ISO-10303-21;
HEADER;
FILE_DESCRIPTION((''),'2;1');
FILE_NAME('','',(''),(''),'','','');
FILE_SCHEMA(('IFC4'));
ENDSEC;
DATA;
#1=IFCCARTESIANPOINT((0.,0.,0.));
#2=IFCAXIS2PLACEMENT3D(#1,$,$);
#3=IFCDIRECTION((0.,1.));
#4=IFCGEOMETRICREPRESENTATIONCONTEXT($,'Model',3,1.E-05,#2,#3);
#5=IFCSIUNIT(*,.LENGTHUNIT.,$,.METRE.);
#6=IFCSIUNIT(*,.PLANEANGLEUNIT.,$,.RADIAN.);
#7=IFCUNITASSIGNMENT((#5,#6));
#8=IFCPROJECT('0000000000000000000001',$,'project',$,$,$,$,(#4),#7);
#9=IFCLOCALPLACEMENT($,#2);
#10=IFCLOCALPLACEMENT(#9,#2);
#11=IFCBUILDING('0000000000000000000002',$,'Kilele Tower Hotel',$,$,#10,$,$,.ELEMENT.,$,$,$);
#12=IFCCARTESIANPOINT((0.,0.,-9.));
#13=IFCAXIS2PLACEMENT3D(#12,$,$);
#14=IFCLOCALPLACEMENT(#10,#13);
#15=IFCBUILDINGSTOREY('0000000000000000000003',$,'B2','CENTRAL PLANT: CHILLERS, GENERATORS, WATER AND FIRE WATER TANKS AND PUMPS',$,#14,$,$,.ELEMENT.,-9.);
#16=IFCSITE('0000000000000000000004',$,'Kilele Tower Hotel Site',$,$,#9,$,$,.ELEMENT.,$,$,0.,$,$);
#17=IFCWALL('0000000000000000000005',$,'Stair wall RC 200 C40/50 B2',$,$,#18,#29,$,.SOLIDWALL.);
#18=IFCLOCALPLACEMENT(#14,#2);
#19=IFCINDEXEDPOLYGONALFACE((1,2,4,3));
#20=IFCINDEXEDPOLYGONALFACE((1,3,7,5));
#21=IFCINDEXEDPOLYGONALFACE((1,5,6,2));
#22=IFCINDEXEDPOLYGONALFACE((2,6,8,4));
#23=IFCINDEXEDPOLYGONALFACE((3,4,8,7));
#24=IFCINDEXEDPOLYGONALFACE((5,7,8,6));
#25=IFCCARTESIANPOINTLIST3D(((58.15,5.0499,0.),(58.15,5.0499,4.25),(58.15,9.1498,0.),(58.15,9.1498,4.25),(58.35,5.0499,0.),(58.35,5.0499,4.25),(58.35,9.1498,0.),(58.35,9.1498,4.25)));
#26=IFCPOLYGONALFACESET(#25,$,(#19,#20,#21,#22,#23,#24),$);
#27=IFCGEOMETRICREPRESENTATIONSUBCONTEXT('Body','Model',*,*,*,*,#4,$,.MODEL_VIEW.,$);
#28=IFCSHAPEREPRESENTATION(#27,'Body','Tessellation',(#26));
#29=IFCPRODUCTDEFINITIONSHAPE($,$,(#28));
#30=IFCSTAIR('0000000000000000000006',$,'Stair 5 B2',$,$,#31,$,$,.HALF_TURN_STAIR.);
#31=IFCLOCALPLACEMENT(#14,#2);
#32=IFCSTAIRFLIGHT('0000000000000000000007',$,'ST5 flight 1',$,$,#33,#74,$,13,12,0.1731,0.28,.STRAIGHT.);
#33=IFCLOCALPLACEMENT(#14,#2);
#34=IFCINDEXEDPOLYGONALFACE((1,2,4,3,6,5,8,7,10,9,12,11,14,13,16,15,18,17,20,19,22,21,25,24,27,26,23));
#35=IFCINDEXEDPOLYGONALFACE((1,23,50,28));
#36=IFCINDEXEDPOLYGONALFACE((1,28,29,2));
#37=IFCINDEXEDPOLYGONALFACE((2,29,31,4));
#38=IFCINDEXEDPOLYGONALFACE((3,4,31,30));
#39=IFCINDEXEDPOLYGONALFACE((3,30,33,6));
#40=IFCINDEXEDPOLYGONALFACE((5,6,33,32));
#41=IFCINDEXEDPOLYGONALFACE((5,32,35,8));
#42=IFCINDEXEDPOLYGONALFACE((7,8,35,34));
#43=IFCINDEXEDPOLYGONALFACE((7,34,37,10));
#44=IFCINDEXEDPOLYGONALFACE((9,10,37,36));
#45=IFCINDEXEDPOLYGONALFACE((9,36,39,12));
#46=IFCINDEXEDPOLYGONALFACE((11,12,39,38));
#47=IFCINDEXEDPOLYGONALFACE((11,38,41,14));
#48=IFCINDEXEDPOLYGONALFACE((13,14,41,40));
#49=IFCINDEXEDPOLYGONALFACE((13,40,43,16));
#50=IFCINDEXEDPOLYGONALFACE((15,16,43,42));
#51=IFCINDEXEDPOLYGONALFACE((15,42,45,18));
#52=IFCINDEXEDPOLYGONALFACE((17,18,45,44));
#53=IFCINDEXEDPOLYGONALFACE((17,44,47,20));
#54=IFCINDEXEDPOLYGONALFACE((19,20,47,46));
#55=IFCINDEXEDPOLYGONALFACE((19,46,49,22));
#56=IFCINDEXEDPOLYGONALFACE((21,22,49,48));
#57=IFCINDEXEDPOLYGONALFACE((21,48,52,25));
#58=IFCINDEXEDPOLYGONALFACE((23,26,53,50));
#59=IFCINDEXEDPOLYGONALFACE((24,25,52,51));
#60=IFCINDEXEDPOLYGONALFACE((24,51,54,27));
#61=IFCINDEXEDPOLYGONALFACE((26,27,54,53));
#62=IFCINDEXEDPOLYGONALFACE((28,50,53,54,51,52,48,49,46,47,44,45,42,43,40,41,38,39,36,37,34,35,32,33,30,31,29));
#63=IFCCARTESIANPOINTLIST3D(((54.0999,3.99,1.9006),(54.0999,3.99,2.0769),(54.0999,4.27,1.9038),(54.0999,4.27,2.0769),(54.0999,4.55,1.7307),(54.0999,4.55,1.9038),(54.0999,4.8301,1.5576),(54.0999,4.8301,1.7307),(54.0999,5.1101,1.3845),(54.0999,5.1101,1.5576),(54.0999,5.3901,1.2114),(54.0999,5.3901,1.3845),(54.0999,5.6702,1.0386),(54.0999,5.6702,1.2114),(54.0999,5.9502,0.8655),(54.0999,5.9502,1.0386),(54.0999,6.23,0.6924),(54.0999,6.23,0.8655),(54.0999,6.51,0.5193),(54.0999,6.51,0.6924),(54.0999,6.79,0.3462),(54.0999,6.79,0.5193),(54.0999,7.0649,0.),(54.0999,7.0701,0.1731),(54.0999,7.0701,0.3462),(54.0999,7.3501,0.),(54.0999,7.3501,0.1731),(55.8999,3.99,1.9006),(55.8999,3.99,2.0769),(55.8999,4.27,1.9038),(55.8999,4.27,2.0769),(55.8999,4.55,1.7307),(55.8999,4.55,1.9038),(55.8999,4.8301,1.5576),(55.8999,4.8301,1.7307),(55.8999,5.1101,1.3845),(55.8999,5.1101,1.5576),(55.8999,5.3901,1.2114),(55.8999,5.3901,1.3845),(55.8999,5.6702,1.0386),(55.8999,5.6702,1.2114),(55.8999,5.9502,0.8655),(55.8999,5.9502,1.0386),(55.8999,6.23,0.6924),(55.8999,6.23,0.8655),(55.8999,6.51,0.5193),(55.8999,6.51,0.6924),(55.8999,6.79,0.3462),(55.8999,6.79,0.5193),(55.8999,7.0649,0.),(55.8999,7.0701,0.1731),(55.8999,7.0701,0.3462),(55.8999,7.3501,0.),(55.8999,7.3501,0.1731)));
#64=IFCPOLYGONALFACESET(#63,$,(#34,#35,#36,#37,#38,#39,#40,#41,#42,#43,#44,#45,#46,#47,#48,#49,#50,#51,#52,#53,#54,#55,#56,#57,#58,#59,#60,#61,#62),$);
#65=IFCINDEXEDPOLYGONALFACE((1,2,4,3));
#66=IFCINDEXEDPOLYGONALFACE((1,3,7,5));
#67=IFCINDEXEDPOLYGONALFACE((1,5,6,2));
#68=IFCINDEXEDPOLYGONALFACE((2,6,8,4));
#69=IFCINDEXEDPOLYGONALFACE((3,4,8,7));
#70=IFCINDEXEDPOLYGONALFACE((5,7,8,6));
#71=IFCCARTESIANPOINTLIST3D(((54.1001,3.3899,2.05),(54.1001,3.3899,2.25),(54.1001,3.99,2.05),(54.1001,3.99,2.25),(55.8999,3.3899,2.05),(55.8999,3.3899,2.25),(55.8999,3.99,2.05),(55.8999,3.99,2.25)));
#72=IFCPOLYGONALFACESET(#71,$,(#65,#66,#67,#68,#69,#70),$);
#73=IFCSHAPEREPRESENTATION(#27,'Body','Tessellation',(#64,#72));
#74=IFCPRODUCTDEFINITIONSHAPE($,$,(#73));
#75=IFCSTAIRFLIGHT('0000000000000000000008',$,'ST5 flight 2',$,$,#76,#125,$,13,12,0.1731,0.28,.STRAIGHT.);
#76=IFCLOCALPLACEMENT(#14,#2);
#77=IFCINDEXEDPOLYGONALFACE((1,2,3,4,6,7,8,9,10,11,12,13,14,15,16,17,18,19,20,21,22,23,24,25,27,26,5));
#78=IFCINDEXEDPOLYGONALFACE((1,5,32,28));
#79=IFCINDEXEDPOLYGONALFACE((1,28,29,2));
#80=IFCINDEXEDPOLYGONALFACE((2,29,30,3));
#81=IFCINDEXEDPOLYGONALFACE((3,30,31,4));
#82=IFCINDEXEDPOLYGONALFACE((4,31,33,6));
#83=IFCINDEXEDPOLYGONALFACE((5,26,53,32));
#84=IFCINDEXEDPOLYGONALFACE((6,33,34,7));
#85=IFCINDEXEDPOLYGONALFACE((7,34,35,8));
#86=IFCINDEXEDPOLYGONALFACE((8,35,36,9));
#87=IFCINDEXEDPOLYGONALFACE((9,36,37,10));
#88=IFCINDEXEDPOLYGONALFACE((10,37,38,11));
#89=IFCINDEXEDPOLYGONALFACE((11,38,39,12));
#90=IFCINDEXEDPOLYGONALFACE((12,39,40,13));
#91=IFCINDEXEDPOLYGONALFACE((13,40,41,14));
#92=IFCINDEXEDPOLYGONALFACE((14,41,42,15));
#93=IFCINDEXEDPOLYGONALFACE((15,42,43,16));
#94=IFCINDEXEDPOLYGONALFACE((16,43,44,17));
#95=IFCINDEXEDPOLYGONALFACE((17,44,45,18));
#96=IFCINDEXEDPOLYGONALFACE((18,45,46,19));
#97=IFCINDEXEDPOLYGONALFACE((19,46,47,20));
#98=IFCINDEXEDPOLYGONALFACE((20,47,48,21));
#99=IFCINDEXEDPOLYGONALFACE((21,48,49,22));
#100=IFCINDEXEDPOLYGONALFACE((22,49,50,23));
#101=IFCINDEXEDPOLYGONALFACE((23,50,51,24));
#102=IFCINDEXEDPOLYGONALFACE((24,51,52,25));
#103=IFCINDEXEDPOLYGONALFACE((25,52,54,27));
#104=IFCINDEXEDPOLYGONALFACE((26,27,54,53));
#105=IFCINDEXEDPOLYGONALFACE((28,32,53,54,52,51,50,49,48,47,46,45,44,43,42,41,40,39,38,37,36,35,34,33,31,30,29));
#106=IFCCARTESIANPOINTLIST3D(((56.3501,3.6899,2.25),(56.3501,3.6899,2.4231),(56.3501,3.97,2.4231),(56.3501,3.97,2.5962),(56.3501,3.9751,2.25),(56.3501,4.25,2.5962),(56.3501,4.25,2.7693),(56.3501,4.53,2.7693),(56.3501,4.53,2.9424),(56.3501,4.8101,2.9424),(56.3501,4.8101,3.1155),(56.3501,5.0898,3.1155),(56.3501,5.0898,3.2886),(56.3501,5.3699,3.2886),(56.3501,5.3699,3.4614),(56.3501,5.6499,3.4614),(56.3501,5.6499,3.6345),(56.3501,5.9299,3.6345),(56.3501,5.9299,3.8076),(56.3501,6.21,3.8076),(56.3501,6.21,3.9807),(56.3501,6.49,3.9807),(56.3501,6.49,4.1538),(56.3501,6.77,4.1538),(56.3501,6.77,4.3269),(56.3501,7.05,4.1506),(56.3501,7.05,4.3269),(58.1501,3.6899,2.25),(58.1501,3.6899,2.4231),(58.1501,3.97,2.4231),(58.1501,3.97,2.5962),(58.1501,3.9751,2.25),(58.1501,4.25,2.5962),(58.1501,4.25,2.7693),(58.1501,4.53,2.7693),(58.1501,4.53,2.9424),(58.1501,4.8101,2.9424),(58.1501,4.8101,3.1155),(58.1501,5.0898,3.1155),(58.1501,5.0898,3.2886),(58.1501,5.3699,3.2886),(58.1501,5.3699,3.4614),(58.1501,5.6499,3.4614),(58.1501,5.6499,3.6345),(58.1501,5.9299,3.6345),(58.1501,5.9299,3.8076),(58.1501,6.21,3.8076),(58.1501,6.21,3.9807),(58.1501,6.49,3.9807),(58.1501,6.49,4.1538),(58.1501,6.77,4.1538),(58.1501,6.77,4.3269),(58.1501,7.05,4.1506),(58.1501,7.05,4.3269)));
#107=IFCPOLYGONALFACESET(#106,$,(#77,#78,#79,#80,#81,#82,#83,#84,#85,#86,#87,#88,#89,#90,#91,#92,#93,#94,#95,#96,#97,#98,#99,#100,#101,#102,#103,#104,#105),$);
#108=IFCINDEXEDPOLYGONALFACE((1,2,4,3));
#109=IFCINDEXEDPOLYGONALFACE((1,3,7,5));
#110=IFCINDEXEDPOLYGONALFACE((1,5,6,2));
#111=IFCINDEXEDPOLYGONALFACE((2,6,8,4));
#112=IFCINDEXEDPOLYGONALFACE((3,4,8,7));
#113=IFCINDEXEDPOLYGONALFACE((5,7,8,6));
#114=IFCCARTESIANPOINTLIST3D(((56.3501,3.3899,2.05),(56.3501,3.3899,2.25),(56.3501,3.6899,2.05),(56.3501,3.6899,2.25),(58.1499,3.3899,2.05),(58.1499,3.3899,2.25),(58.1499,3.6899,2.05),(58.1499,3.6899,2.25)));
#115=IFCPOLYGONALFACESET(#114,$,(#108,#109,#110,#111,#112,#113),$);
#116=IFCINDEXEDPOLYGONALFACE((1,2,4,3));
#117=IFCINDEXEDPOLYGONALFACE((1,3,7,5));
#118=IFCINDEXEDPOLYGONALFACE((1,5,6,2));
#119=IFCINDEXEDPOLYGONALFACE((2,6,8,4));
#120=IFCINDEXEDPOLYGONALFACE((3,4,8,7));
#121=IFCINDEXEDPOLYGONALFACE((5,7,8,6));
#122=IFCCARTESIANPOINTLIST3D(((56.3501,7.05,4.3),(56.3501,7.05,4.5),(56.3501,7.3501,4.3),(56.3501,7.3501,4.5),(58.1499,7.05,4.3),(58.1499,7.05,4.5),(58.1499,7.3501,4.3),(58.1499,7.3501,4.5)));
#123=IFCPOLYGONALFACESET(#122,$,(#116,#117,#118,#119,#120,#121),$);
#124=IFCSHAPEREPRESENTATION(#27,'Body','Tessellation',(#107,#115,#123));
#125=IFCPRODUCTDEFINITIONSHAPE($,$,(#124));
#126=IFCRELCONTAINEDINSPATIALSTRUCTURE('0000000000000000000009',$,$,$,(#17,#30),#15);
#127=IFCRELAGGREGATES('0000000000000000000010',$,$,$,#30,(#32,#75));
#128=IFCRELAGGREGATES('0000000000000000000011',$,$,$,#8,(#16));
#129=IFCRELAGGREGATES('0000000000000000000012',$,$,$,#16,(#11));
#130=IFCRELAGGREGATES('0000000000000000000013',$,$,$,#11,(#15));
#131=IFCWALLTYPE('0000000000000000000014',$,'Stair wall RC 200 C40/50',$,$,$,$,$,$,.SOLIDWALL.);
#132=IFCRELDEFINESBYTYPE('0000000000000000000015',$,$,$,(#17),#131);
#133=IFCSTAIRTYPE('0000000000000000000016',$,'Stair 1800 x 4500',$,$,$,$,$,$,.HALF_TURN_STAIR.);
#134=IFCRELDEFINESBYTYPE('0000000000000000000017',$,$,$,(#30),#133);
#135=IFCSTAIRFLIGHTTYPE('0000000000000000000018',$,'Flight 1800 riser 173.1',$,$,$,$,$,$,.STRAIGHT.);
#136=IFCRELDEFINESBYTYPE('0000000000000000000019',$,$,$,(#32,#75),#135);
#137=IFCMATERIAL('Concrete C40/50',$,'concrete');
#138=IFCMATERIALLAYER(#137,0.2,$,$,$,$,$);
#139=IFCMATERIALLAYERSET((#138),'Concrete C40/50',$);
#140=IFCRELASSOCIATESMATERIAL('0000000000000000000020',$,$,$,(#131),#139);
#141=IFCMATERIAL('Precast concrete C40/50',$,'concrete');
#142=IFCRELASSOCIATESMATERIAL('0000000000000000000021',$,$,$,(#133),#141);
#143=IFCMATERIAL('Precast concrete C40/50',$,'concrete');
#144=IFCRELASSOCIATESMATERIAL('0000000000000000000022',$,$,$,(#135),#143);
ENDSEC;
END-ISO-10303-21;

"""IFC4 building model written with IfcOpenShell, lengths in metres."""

from ifc_helpers import new_model, si_unit, direction, frame, frame_2d, origin, place, context, subcontext, project, spatial, polyline, rectangle, outline, extrude, material, layer, layer_set, type_object, element, aggregate, save


model = new_model("IFC4")

# Units and contexts
model_context = context("Model", 3, precision=1e-05, world=origin(), true_north=direction((0.0, 1.0)))
body_context = subcontext(model_context, "Body", "Model", "MODEL_VIEW")
ifc_project = project(units=[si_unit("LENGTHUNIT", "METRE"), si_unit("PLANEANGLEUNIT", "RADIAN")], contexts=[model_context])

# Site, building, storey
site_placement = place(None, origin())
site = spatial("IfcSite", under=ifc_project, at=site_placement, Name="Kilele Tower Hotel Site", CompositionType="ELEMENT", RefElevation=0.0)
building_placement = place(site_placement, origin())
building = spatial("IfcBuilding", under=site, at=building_placement, Name="Kilele Tower Hotel", CompositionType="ELEMENT")
storey_placement = place(building_placement, frame((0.0, 0.0, -9.0)))
storey = spatial("IfcBuildingStorey", under=building, at=storey_placement, Name="B2", Description="CENTRAL PLANT: CHILLERS, GENERATORS, WATER AND FIRE WATER TANKS AND PUMPS", CompositionType="ELEMENT", Elevation=-9.0)

# Wall
ifc_material_1 = material(Name="Concrete C40/50", Category="concrete")
ifc_layer_1 = layer(ifc_material_1, 0.2)
ifc_layer_set_1 = layer_set([ifc_layer_1], Name="Concrete C40/50")
wall_type_1 = type_object("IfcWallType", Name="Stair wall RC 200 C40/50", PredefinedType="SOLIDWALL", material=ifc_layer_set_1)
wall_1_placement = place(storey_placement, frame((58.25, 5.05, 0.0), z_axis=(0.0, 0.0, 1.0), x_axis=(0.0, 1.0, 0.0)))
element("IfcWall", 1, at=wall_1_placement, inside=storey, type_object=wall_type_1, Name="Stair wall RC 200 C40/50 B2", PredefinedType="SOLIDWALL", context=body_context, shape_type="SweptSolid", body=[
    extrude(rectangle(XDim=4.0999, YDim=0.2, at=frame_2d((2.0498, 0.0))), origin(), (0.0, 0.0, 1.0), 4.25),
])

# Stair, stair flights
ifc_material_2 = material(Name="Precast concrete C40/50", Category="concrete")
stair_type = type_object("IfcStairType", Name="Stair 1800 x 4500", PredefinedType="HALF_TURN_STAIR", material=ifc_material_2)
stair_placement = place(storey_placement, origin())
stair = element("IfcStair", 2, at=stair_placement, inside=storey, type_object=stair_type, Name="Stair 5 B2", PredefinedType="HALF_TURN_STAIR")
ifc_material_3 = material(Name="Precast concrete C40/50", Category="concrete")
stair_flight_type = type_object("IfcStairFlightType", Name="Flight 1800 riser 173.1", PredefinedType="STRAIGHT", material=ifc_material_3)
stair_flight_1_placement = place(storey_placement, frame((55.0, 7.3501, 0.0), z_axis=(0.0, 0.0, 1.0), x_axis=(0.0, -1.0, 0.0)))
stair_flight_1 = element("IfcStairFlight", 3, at=stair_flight_1_placement, type_object=stair_flight_type, Name="ST5 flight 1", NumberOfRisers=13, NumberOfTreads=12, PredefinedType="STRAIGHT", RiserHeight=0.1731, TreadLength=0.28, context=body_context, shape_type="SweptSolid", body=[
    extrude(outline(polyline([(0.0, 0.0), (0.0, 0.1731), (0.28, 0.1731), (0.28, 0.3462), (0.5601, 0.3462), (0.5601, 0.5193), (0.8401, 0.5193), (0.8401, 0.6924), (1.1201, 0.6924), (1.1201, 0.8655), (1.3999, 0.8655), (1.3999, 1.0386), (1.6799, 1.0386), (1.6799, 1.2114), (1.96, 1.2114), (1.96, 1.3845), (2.24, 1.3845), (2.24, 1.5576), (2.52, 1.5576), (2.52, 1.7307), (2.8, 1.7307), (2.8, 1.9038), (3.0801, 1.9038), (3.0801, 2.0769), (3.3601, 2.0769), (3.3601, 2.25), (3.3601, 1.9006), (0.2852, 0.0), (0.0, 0.0)])), frame((0.0, 0.8999, 0.0), z_axis=(0.0, -1.0, 0.0), x_axis=(1.0, 0.0, 0.0)), (0.0, 0.0, 1.0), 1.8),
    extrude(outline(polyline([(3.9602, -0.8999), (3.9602, 0.8999), (3.3601, 0.8999), (3.3601, -0.8999), (3.9602, -0.8999)])), frame((0.0, 0.0, 2.05)), (0.0, 0.0, 1.0), 0.2),
])
stair_flight_2_placement = place(storey_placement, frame((57.25, 3.6899, 2.25), z_axis=(0.0, 0.0, 1.0), x_axis=(0.0, 1.0, 0.0)))
stair_flight_2 = element("IfcStairFlight", 4, at=stair_flight_2_placement, type_object=stair_flight_type, Name="ST5 flight 2", NumberOfRisers=13, NumberOfTreads=12, PredefinedType="STRAIGHT", RiserHeight=0.1731, TreadLength=0.28, context=body_context, shape_type="SweptSolid", body=[
    extrude(outline(polyline([(0.0, 0.0), (0.0, 0.1731), (0.28, 0.1731), (0.28, 0.3462), (0.5601, 0.3462), (0.5601, 0.5193), (0.8401, 0.5193), (0.8401, 0.6924), (1.1201, 0.6924), (1.1201, 0.8655), (1.3999, 0.8655), (1.3999, 1.0386), (1.6799, 1.0386), (1.6799, 1.2114), (1.96, 1.2114), (1.96, 1.3845), (2.24, 1.3845), (2.24, 1.5576), (2.52, 1.5576), (2.52, 1.7307), (2.8, 1.7307), (2.8, 1.9038), (3.0801, 1.9038), (3.0801, 2.0769), (3.3601, 2.0769), (3.3601, 2.25), (3.3601, 1.9006), (0.2852, 0.0), (0.0, 0.0)])), frame((0.0, 0.8999, 0.0), z_axis=(0.0, -1.0, 0.0), x_axis=(1.0, 0.0, 0.0)), (0.0, 0.0, 1.0), 1.8),
    extrude(outline(polyline([(-0.3, 0.8999), (-0.3, -0.8999), (0.0, -0.8999), (0.0, 0.8999), (-0.3, 0.8999)])), frame((0.0, 0.0, -0.2)), (0.0, 0.0, 1.0), 0.2),
    extrude(outline(polyline([(3.3601, 0.8999), (3.3601, -0.8999), (3.6602, -0.8999), (3.6602, 0.8999), (3.3601, 0.8999)])), frame((0.0, 0.0, 2.05)), (0.0, 0.0, 1.0), 0.2),
])
aggregate(stair, [stair_flight_1, stair_flight_2])

save(model, "model.ifc")
